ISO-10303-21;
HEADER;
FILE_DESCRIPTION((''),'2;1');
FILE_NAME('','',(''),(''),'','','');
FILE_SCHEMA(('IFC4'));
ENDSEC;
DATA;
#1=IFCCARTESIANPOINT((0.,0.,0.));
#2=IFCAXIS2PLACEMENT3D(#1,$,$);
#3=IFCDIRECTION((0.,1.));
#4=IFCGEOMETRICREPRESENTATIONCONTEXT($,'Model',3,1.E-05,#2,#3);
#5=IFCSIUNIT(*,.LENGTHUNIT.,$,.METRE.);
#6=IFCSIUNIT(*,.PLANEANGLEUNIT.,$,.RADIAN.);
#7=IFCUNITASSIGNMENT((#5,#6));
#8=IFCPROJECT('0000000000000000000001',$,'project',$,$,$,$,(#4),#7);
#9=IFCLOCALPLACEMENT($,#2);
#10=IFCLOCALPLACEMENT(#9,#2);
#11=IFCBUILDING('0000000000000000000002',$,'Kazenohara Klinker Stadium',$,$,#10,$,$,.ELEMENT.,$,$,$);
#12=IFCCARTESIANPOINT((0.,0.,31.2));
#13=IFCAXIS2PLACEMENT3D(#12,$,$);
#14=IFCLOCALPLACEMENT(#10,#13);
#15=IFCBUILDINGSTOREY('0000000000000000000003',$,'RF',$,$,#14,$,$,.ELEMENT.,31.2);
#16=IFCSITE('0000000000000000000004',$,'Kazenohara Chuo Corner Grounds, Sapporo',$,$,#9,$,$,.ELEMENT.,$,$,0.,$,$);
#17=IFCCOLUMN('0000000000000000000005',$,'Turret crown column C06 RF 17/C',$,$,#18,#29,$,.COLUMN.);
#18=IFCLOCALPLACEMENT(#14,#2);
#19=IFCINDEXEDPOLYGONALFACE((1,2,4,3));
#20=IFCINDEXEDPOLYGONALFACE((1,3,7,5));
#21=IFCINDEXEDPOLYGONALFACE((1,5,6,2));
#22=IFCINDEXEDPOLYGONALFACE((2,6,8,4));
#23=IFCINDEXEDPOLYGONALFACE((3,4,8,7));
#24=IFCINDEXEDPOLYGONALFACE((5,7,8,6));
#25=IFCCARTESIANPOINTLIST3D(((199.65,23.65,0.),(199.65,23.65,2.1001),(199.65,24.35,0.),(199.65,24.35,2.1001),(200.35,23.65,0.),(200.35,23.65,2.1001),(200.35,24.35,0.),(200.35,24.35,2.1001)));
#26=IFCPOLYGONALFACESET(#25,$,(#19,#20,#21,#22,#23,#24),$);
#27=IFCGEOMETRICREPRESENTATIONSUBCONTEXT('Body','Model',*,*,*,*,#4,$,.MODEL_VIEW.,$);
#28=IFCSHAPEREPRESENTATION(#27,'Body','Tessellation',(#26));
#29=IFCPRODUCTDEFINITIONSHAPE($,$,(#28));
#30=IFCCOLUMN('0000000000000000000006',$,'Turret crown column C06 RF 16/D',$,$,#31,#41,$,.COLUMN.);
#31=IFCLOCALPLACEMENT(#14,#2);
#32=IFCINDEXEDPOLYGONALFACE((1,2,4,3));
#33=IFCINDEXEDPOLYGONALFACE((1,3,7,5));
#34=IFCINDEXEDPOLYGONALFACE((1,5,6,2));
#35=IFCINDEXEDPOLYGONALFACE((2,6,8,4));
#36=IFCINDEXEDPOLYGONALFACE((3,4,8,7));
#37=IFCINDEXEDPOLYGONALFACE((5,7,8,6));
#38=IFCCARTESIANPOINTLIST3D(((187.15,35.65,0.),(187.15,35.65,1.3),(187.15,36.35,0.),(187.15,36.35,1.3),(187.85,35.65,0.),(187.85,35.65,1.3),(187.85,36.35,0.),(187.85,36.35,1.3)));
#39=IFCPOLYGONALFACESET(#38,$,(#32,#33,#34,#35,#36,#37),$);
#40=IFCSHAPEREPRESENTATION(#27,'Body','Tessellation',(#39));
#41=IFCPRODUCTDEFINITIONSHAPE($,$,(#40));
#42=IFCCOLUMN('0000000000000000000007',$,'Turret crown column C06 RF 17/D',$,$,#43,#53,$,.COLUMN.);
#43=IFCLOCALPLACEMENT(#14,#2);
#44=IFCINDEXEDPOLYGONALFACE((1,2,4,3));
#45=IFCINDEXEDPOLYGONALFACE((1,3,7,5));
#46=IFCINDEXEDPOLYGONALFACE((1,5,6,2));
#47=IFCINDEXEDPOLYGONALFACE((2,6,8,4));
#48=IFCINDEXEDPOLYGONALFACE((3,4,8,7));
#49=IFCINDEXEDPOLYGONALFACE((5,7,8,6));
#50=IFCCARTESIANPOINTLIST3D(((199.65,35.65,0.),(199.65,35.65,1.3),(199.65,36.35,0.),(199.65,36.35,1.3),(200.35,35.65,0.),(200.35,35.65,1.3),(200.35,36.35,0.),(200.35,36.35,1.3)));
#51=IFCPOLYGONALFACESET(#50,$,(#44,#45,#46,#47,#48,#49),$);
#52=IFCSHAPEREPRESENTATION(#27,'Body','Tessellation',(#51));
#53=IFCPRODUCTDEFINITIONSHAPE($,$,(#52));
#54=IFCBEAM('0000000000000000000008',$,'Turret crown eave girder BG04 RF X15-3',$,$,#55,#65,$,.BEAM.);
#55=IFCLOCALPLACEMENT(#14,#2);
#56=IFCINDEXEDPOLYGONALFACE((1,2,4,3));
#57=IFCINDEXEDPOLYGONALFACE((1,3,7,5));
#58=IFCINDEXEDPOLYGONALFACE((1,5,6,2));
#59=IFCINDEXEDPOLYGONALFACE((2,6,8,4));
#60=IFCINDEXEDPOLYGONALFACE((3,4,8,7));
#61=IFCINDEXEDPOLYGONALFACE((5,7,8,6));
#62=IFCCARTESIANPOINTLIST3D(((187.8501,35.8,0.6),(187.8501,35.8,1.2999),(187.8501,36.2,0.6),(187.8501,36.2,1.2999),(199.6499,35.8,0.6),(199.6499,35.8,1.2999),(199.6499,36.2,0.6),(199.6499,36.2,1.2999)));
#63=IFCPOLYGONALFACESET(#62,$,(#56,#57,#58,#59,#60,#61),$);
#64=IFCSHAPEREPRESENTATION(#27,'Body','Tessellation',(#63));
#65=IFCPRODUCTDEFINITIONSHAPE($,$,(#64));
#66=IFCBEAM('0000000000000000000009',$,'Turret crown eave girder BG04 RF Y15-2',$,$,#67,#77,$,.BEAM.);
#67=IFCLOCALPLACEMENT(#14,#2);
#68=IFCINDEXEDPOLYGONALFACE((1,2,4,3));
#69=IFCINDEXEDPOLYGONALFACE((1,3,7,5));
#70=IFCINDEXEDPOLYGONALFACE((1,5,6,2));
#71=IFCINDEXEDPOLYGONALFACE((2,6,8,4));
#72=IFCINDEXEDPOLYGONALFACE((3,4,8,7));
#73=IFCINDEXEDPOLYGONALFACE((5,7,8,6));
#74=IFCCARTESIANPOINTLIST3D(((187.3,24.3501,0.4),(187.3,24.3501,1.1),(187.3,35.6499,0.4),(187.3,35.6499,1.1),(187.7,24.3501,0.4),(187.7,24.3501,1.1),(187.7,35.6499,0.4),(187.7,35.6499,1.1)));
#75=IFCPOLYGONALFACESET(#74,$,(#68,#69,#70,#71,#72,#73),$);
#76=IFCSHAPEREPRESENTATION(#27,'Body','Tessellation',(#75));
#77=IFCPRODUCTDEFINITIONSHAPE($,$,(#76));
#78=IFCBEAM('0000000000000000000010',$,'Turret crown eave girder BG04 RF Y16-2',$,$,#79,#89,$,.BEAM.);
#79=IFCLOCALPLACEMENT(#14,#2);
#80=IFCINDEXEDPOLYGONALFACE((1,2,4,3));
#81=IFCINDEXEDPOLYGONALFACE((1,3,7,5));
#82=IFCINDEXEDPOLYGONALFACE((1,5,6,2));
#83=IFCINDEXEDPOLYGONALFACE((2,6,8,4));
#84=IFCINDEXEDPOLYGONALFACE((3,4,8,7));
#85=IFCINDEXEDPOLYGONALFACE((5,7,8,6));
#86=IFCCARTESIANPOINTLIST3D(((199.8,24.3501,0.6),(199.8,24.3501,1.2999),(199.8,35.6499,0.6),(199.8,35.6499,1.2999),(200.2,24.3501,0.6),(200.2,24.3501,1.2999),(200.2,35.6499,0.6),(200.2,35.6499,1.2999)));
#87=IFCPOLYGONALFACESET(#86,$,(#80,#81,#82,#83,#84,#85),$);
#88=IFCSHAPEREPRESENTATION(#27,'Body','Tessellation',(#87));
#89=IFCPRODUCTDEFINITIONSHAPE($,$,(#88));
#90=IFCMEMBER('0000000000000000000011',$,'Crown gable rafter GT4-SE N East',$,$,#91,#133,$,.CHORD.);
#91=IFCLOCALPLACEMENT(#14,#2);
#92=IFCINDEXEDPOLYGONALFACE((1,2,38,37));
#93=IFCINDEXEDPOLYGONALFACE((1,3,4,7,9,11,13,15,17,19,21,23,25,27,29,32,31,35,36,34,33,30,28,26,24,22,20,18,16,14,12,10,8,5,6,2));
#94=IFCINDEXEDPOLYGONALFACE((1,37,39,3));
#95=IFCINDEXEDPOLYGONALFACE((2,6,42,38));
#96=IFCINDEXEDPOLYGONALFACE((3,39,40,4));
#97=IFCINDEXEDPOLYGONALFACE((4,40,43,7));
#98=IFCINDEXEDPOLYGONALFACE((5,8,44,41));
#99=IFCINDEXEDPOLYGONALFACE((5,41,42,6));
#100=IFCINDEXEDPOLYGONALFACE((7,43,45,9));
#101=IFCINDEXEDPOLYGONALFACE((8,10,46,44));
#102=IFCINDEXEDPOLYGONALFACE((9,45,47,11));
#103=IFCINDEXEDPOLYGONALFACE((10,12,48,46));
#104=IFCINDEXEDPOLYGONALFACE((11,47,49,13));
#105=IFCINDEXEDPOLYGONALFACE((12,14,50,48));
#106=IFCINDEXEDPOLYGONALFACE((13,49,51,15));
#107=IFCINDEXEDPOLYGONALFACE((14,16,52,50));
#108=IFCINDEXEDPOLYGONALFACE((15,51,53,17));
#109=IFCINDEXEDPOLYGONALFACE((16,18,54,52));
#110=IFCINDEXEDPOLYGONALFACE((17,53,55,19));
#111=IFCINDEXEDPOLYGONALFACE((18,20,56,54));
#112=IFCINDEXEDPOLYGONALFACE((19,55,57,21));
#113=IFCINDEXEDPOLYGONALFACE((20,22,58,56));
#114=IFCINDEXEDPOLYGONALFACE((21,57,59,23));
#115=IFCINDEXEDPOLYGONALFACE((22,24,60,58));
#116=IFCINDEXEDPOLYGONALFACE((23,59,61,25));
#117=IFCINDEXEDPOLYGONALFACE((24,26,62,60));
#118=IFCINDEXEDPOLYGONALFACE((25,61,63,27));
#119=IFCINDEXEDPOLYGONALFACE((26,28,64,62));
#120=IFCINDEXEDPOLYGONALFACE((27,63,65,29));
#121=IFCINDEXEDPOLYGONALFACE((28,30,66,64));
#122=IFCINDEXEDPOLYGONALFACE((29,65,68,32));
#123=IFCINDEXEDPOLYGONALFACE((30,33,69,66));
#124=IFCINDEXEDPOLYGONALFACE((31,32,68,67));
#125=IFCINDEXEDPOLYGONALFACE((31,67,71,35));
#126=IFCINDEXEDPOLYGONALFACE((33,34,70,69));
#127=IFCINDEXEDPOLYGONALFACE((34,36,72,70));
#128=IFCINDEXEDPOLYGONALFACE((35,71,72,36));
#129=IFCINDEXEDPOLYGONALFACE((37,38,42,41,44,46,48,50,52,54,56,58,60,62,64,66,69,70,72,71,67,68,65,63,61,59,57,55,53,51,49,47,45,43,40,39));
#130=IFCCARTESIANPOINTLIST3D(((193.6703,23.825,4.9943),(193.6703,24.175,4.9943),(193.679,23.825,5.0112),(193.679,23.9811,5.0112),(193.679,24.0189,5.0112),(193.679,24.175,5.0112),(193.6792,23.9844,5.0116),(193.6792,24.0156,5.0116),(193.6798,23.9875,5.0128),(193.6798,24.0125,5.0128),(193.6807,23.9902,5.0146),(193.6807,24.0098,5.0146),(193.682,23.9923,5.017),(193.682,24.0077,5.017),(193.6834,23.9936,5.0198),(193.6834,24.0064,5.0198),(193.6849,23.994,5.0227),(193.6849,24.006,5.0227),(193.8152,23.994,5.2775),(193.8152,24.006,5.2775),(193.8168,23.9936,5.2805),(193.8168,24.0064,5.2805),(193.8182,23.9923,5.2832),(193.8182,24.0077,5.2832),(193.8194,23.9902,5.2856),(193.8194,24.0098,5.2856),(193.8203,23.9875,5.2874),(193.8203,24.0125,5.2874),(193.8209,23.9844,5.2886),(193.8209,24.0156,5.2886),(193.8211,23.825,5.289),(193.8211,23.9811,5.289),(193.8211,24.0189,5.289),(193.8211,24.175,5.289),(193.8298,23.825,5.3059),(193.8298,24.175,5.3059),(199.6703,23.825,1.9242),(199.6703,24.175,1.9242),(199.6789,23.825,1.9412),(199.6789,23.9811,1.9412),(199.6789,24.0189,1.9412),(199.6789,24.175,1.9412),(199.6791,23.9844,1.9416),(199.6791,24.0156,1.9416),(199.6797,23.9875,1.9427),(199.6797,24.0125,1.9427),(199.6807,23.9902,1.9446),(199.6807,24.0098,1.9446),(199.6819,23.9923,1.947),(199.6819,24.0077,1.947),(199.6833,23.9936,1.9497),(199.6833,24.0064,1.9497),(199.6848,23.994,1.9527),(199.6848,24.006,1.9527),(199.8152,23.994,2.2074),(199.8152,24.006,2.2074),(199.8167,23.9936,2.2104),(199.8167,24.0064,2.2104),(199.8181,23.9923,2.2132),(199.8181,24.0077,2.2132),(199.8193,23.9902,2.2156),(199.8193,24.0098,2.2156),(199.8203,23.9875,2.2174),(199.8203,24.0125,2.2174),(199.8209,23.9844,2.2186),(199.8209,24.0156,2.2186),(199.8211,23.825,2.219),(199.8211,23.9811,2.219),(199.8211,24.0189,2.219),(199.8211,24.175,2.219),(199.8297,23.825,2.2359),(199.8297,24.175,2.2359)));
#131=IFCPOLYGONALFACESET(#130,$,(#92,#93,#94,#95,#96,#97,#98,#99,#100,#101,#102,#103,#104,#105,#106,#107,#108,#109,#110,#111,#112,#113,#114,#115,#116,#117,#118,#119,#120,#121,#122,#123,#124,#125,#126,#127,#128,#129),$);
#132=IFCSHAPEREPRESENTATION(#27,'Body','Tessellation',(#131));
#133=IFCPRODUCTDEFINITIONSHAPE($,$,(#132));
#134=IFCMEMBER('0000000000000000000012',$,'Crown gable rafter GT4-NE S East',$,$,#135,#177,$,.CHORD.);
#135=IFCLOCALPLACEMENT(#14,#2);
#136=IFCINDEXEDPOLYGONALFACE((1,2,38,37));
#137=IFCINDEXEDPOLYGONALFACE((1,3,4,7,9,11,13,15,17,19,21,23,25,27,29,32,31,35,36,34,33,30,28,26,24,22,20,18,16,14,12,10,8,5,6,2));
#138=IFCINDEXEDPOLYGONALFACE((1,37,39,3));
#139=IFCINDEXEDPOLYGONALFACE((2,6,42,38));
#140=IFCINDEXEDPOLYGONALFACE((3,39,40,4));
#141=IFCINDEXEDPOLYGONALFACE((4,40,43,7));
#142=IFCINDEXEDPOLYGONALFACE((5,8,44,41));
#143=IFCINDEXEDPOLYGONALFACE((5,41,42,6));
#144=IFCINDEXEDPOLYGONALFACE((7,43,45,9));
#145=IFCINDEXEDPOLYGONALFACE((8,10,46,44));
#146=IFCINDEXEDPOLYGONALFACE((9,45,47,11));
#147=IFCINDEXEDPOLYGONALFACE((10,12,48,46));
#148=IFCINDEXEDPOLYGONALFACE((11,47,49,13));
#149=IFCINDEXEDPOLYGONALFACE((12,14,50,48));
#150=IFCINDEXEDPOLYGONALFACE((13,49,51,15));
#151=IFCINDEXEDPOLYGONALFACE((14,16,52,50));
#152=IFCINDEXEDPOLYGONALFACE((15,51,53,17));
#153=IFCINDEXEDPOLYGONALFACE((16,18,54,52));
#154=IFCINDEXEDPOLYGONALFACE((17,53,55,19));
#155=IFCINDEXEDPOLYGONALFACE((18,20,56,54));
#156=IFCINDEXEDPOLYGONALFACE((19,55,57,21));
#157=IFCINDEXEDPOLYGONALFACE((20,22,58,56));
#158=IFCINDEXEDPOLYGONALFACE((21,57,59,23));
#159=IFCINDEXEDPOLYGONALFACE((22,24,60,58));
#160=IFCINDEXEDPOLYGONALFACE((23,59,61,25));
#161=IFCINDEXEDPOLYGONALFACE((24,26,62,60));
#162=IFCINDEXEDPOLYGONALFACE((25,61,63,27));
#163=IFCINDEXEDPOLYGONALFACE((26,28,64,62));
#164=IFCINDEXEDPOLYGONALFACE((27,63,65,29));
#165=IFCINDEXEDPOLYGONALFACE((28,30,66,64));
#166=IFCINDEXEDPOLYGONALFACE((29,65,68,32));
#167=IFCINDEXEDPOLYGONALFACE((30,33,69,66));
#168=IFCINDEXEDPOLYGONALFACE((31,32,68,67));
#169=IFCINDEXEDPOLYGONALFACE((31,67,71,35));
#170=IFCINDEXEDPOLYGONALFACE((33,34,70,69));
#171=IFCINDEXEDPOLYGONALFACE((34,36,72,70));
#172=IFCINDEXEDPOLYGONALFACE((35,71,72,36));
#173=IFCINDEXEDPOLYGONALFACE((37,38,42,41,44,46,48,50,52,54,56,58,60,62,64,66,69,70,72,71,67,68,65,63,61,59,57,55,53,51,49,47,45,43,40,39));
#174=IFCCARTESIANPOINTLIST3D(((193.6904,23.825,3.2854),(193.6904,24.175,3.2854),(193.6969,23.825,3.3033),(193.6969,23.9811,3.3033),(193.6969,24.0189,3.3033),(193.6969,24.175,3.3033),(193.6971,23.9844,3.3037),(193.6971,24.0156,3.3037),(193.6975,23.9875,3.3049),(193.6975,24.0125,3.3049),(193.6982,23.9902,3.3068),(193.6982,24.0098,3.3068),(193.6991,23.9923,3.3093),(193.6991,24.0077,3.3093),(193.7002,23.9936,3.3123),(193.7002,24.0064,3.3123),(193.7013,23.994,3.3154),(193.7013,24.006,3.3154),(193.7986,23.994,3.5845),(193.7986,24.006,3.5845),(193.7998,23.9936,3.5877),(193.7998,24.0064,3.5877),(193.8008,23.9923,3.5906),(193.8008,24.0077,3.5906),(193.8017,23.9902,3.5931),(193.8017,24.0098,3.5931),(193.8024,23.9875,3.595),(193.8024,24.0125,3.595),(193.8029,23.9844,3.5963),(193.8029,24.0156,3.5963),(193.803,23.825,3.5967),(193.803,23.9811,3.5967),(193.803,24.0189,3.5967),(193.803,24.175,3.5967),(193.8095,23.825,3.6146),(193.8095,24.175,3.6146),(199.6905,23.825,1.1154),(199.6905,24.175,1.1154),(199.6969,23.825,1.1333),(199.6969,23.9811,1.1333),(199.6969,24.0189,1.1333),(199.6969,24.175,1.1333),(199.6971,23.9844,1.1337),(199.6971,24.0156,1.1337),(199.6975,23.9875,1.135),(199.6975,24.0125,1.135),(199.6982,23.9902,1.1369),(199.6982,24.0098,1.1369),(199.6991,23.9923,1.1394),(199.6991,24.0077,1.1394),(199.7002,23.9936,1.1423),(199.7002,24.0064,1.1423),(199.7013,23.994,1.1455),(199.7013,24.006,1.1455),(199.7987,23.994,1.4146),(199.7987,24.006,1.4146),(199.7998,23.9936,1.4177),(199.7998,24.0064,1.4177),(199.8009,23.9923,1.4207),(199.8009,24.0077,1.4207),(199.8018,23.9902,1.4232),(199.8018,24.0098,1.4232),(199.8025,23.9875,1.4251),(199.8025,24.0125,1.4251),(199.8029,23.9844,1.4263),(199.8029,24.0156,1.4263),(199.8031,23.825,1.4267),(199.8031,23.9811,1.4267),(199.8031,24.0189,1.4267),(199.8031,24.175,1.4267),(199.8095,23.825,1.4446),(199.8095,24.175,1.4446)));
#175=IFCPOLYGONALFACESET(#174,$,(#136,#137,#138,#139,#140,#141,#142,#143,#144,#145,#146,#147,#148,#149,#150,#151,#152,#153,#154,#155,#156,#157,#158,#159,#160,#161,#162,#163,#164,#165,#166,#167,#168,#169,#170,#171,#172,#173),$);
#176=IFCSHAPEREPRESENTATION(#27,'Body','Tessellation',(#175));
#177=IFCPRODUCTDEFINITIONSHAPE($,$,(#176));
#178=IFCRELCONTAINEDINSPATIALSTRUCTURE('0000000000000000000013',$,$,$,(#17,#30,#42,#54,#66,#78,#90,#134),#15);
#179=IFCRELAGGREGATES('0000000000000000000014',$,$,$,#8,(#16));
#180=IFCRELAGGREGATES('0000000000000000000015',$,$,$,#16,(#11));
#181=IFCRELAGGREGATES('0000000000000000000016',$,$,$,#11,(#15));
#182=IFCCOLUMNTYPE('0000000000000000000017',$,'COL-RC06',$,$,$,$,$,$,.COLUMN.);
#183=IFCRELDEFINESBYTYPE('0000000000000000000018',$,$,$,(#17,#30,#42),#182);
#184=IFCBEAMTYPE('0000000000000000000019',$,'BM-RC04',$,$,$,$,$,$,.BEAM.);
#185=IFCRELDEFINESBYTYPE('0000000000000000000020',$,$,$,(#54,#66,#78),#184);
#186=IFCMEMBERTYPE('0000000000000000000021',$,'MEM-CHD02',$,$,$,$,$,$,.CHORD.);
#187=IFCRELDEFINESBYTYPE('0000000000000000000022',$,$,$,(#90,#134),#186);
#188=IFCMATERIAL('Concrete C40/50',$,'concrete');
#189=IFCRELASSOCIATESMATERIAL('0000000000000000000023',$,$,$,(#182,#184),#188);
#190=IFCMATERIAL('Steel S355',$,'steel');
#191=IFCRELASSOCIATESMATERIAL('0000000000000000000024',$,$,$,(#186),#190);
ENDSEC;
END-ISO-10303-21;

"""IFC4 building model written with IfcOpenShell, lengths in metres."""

from ifc_helpers import new_model, si_unit, direction, frame, origin, origin_2d, place, context, subcontext, project, spatial, rectangle, i_section, extrude, material, material_profile, profile_set, type_object, element, save


model = new_model("IFC4")

# Units and contexts
model_context = context("Model", 3, precision=1e-05, world=origin(), true_north=direction((0.0, 1.0)))
body_context = subcontext(model_context, "Body", "Model", "MODEL_VIEW")
ifc_project = project(units=[si_unit("LENGTHUNIT", "METRE"), si_unit("PLANEANGLEUNIT", "RADIAN")], contexts=[model_context])

# Site, building, storey
site_placement = place(None, origin())
site = spatial("IfcSite", under=ifc_project, at=site_placement, Name="Kazenohara Chuo Corner Grounds, Sapporo", CompositionType="ELEMENT", RefElevation=0.0)
building_placement = place(site_placement, origin())
building = spatial("IfcBuilding", under=site, at=building_placement, Name="Kazenohara Klinker Stadium", CompositionType="ELEMENT")
storey_placement = place(building_placement, frame((0.0, 0.0, 31.2)))
storey = spatial("IfcBuildingStorey", under=building, at=storey_placement, Name="RF", CompositionType="ELEMENT", Elevation=31.2)

# Columns
ifc_material_1 = material(Name="Concrete C40/50", Category="concrete")
ifc_material_profile_1 = material_profile(ifc_material_1, rectangle(XDim=0.7, YDim=0.7, at=origin_2d()), Name="RC-COL-700x700")
ifc_profile_set_1 = profile_set([ifc_material_profile_1], Name="Concrete C40/50")
column_type = type_object("IfcColumnType", Name="COL-RC06", PredefinedType="COLUMN", material=ifc_profile_set_1)
column_placement = place(storey_placement, frame((200.0, 24.0, 0.0), z_axis=(0.0, 0.0, 1.0), x_axis=(1.0, 0.0, 0.0)))
element("IfcColumn", 1, at=column_placement, inside=storey, type_object=column_type, Name="Turret crown column C06 RF 17/C", PredefinedType="COLUMN", context=body_context, shape_type="SweptSolid", body=[
    extrude(rectangle(XDim=0.7, YDim=0.7, at=origin_2d()), origin(), (0.0, 0.0, 1.0), 2.1001),
])
for number, where, z_axis, x_axis, name in (
    (2, (187.5, 36.0, 0.0), (0.0, 0.0, 1.0), (1.0, 0.0, 0.0), "Turret crown column C06 RF 16/D"),
    (3, (200.0, 36.0, 0.0), (0.0, 0.0, 1.0), (1.0, 0.0, 0.0), "Turret crown column C06 RF 17/D"),
):
    element("IfcColumn", number, at=place(storey_placement, frame(where, z_axis=z_axis, x_axis=x_axis)), inside=storey, type_object=column_type, Name=name, PredefinedType="COLUMN", context=body_context, shape_type="SweptSolid", body=[
        extrude(rectangle(XDim=0.7, YDim=0.7, at=origin_2d()), origin(), (0.0, 0.0, 1.0), 1.3),
    ])

# Beams
ifc_material_profile_2 = material_profile(ifc_material_1, rectangle(XDim=0.3999, YDim=0.7, at=origin_2d()), Name="RC-BM-400x700")
ifc_profile_set_2 = profile_set([ifc_material_profile_2], Name="Concrete C40/50")
beam_type_1 = type_object("IfcBeamType", Name="BM-RC04", PredefinedType="BEAM", material=ifc_profile_set_2)
beam_1_placement = place(storey_placement, frame((187.8501, 36.0, 0.95), z_axis=(1.0, 0.0, 0.0), x_axis=(0.0, 1.0, 0.0)))
element("IfcBeam", 4, at=beam_1_placement, inside=storey, type_object=beam_type_1, Name="Turret crown eave girder BG04 RF X15-3", PredefinedType="BEAM", context=body_context, shape_type="SweptSolid", body=[
    extrude(rectangle(XDim=0.3999, YDim=0.7, at=origin_2d()), origin(), (0.0, 0.0, 1.0), 11.7998),
])
for number, where, z_axis, x_axis, name in (
    (5, (187.5, 24.3501, 0.75), (0.0, 1.0, 0.0), (-1.0, 0.0, 0.0), "Turret crown eave girder BG04 RF Y15-2"),
    (6, (200.0, 24.3501, 0.95), (0.0, 1.0, 0.0), (-1.0, 0.0, 0.0), "Turret crown eave girder BG04 RF Y16-2"),
):
    element("IfcBeam", number, at=place(storey_placement, frame(where, z_axis=z_axis, x_axis=x_axis)), inside=storey, type_object=beam_type_1, Name=name, PredefinedType="BEAM", context=body_context, shape_type="SweptSolid", body=[
        extrude(rectangle(XDim=0.3999, YDim=0.7, at=origin_2d()), origin(), (0.0, 0.0, 1.0), 11.2998),
    ])

# Members
ifc_material_2 = material(Name="Steel S355", Category="steel")
ifc_material_profile_3 = material_profile(ifc_material_2, i_section(OverallWidth=0.3501, OverallDepth=0.3501, WebThickness=0.012, FlangeThickness=0.019, FilletRadius=0.0129, at=origin_2d()), Name="H-350x350x12x19")
ifc_profile_set_3 = profile_set([ifc_material_profile_3], Name="Steel S355")
member_type_1 = type_object("IfcMemberType", Name="MEM-CHD02", PredefinedType="CHORD", material=ifc_profile_set_3)
member_1_placement = place(storey_placement, frame((199.75, 24.0, 2.0801), z_axis=(-0.89023, 0.0, 0.455511), x_axis=(0.0, -1.0, 0.0)))
element("IfcMember", 7, at=member_1_placement, inside=storey, type_object=member_type_1, Name="Crown gable rafter GT4-SE N East", PredefinedType="CHORD", context=body_context, shape_type="SweptSolid", body=[
    extrude(i_section(OverallWidth=0.3501, OverallDepth=0.3501, WebThickness=0.012, FlangeThickness=0.019, FilletRadius=0.0129, at=origin_2d()), origin(), (0.0, 0.0, 1.0), 6.7397),
])
for number, where, z_axis, x_axis, name in (
    (8, (199.75, 24.0, 1.28), (-0.940391, 0.0, 0.340096), (0.0, -1.0, 0.0), "Crown gable rafter GT4-NE S East"),
):
    element("IfcMember", number, at=place(storey_placement, frame(where, z_axis=z_axis, x_axis=x_axis)), inside=storey, type_object=member_type_1, Name=name, PredefinedType="CHORD", context=body_context, shape_type="SweptSolid", body=[
        extrude(i_section(OverallWidth=0.3501, OverallDepth=0.3501, WebThickness=0.012, FlangeThickness=0.019, FilletRadius=0.0129, at=origin_2d()), origin(), (0.0, 0.0, 1.0), 6.3804),
    ])

save(model, "model.ifc")
